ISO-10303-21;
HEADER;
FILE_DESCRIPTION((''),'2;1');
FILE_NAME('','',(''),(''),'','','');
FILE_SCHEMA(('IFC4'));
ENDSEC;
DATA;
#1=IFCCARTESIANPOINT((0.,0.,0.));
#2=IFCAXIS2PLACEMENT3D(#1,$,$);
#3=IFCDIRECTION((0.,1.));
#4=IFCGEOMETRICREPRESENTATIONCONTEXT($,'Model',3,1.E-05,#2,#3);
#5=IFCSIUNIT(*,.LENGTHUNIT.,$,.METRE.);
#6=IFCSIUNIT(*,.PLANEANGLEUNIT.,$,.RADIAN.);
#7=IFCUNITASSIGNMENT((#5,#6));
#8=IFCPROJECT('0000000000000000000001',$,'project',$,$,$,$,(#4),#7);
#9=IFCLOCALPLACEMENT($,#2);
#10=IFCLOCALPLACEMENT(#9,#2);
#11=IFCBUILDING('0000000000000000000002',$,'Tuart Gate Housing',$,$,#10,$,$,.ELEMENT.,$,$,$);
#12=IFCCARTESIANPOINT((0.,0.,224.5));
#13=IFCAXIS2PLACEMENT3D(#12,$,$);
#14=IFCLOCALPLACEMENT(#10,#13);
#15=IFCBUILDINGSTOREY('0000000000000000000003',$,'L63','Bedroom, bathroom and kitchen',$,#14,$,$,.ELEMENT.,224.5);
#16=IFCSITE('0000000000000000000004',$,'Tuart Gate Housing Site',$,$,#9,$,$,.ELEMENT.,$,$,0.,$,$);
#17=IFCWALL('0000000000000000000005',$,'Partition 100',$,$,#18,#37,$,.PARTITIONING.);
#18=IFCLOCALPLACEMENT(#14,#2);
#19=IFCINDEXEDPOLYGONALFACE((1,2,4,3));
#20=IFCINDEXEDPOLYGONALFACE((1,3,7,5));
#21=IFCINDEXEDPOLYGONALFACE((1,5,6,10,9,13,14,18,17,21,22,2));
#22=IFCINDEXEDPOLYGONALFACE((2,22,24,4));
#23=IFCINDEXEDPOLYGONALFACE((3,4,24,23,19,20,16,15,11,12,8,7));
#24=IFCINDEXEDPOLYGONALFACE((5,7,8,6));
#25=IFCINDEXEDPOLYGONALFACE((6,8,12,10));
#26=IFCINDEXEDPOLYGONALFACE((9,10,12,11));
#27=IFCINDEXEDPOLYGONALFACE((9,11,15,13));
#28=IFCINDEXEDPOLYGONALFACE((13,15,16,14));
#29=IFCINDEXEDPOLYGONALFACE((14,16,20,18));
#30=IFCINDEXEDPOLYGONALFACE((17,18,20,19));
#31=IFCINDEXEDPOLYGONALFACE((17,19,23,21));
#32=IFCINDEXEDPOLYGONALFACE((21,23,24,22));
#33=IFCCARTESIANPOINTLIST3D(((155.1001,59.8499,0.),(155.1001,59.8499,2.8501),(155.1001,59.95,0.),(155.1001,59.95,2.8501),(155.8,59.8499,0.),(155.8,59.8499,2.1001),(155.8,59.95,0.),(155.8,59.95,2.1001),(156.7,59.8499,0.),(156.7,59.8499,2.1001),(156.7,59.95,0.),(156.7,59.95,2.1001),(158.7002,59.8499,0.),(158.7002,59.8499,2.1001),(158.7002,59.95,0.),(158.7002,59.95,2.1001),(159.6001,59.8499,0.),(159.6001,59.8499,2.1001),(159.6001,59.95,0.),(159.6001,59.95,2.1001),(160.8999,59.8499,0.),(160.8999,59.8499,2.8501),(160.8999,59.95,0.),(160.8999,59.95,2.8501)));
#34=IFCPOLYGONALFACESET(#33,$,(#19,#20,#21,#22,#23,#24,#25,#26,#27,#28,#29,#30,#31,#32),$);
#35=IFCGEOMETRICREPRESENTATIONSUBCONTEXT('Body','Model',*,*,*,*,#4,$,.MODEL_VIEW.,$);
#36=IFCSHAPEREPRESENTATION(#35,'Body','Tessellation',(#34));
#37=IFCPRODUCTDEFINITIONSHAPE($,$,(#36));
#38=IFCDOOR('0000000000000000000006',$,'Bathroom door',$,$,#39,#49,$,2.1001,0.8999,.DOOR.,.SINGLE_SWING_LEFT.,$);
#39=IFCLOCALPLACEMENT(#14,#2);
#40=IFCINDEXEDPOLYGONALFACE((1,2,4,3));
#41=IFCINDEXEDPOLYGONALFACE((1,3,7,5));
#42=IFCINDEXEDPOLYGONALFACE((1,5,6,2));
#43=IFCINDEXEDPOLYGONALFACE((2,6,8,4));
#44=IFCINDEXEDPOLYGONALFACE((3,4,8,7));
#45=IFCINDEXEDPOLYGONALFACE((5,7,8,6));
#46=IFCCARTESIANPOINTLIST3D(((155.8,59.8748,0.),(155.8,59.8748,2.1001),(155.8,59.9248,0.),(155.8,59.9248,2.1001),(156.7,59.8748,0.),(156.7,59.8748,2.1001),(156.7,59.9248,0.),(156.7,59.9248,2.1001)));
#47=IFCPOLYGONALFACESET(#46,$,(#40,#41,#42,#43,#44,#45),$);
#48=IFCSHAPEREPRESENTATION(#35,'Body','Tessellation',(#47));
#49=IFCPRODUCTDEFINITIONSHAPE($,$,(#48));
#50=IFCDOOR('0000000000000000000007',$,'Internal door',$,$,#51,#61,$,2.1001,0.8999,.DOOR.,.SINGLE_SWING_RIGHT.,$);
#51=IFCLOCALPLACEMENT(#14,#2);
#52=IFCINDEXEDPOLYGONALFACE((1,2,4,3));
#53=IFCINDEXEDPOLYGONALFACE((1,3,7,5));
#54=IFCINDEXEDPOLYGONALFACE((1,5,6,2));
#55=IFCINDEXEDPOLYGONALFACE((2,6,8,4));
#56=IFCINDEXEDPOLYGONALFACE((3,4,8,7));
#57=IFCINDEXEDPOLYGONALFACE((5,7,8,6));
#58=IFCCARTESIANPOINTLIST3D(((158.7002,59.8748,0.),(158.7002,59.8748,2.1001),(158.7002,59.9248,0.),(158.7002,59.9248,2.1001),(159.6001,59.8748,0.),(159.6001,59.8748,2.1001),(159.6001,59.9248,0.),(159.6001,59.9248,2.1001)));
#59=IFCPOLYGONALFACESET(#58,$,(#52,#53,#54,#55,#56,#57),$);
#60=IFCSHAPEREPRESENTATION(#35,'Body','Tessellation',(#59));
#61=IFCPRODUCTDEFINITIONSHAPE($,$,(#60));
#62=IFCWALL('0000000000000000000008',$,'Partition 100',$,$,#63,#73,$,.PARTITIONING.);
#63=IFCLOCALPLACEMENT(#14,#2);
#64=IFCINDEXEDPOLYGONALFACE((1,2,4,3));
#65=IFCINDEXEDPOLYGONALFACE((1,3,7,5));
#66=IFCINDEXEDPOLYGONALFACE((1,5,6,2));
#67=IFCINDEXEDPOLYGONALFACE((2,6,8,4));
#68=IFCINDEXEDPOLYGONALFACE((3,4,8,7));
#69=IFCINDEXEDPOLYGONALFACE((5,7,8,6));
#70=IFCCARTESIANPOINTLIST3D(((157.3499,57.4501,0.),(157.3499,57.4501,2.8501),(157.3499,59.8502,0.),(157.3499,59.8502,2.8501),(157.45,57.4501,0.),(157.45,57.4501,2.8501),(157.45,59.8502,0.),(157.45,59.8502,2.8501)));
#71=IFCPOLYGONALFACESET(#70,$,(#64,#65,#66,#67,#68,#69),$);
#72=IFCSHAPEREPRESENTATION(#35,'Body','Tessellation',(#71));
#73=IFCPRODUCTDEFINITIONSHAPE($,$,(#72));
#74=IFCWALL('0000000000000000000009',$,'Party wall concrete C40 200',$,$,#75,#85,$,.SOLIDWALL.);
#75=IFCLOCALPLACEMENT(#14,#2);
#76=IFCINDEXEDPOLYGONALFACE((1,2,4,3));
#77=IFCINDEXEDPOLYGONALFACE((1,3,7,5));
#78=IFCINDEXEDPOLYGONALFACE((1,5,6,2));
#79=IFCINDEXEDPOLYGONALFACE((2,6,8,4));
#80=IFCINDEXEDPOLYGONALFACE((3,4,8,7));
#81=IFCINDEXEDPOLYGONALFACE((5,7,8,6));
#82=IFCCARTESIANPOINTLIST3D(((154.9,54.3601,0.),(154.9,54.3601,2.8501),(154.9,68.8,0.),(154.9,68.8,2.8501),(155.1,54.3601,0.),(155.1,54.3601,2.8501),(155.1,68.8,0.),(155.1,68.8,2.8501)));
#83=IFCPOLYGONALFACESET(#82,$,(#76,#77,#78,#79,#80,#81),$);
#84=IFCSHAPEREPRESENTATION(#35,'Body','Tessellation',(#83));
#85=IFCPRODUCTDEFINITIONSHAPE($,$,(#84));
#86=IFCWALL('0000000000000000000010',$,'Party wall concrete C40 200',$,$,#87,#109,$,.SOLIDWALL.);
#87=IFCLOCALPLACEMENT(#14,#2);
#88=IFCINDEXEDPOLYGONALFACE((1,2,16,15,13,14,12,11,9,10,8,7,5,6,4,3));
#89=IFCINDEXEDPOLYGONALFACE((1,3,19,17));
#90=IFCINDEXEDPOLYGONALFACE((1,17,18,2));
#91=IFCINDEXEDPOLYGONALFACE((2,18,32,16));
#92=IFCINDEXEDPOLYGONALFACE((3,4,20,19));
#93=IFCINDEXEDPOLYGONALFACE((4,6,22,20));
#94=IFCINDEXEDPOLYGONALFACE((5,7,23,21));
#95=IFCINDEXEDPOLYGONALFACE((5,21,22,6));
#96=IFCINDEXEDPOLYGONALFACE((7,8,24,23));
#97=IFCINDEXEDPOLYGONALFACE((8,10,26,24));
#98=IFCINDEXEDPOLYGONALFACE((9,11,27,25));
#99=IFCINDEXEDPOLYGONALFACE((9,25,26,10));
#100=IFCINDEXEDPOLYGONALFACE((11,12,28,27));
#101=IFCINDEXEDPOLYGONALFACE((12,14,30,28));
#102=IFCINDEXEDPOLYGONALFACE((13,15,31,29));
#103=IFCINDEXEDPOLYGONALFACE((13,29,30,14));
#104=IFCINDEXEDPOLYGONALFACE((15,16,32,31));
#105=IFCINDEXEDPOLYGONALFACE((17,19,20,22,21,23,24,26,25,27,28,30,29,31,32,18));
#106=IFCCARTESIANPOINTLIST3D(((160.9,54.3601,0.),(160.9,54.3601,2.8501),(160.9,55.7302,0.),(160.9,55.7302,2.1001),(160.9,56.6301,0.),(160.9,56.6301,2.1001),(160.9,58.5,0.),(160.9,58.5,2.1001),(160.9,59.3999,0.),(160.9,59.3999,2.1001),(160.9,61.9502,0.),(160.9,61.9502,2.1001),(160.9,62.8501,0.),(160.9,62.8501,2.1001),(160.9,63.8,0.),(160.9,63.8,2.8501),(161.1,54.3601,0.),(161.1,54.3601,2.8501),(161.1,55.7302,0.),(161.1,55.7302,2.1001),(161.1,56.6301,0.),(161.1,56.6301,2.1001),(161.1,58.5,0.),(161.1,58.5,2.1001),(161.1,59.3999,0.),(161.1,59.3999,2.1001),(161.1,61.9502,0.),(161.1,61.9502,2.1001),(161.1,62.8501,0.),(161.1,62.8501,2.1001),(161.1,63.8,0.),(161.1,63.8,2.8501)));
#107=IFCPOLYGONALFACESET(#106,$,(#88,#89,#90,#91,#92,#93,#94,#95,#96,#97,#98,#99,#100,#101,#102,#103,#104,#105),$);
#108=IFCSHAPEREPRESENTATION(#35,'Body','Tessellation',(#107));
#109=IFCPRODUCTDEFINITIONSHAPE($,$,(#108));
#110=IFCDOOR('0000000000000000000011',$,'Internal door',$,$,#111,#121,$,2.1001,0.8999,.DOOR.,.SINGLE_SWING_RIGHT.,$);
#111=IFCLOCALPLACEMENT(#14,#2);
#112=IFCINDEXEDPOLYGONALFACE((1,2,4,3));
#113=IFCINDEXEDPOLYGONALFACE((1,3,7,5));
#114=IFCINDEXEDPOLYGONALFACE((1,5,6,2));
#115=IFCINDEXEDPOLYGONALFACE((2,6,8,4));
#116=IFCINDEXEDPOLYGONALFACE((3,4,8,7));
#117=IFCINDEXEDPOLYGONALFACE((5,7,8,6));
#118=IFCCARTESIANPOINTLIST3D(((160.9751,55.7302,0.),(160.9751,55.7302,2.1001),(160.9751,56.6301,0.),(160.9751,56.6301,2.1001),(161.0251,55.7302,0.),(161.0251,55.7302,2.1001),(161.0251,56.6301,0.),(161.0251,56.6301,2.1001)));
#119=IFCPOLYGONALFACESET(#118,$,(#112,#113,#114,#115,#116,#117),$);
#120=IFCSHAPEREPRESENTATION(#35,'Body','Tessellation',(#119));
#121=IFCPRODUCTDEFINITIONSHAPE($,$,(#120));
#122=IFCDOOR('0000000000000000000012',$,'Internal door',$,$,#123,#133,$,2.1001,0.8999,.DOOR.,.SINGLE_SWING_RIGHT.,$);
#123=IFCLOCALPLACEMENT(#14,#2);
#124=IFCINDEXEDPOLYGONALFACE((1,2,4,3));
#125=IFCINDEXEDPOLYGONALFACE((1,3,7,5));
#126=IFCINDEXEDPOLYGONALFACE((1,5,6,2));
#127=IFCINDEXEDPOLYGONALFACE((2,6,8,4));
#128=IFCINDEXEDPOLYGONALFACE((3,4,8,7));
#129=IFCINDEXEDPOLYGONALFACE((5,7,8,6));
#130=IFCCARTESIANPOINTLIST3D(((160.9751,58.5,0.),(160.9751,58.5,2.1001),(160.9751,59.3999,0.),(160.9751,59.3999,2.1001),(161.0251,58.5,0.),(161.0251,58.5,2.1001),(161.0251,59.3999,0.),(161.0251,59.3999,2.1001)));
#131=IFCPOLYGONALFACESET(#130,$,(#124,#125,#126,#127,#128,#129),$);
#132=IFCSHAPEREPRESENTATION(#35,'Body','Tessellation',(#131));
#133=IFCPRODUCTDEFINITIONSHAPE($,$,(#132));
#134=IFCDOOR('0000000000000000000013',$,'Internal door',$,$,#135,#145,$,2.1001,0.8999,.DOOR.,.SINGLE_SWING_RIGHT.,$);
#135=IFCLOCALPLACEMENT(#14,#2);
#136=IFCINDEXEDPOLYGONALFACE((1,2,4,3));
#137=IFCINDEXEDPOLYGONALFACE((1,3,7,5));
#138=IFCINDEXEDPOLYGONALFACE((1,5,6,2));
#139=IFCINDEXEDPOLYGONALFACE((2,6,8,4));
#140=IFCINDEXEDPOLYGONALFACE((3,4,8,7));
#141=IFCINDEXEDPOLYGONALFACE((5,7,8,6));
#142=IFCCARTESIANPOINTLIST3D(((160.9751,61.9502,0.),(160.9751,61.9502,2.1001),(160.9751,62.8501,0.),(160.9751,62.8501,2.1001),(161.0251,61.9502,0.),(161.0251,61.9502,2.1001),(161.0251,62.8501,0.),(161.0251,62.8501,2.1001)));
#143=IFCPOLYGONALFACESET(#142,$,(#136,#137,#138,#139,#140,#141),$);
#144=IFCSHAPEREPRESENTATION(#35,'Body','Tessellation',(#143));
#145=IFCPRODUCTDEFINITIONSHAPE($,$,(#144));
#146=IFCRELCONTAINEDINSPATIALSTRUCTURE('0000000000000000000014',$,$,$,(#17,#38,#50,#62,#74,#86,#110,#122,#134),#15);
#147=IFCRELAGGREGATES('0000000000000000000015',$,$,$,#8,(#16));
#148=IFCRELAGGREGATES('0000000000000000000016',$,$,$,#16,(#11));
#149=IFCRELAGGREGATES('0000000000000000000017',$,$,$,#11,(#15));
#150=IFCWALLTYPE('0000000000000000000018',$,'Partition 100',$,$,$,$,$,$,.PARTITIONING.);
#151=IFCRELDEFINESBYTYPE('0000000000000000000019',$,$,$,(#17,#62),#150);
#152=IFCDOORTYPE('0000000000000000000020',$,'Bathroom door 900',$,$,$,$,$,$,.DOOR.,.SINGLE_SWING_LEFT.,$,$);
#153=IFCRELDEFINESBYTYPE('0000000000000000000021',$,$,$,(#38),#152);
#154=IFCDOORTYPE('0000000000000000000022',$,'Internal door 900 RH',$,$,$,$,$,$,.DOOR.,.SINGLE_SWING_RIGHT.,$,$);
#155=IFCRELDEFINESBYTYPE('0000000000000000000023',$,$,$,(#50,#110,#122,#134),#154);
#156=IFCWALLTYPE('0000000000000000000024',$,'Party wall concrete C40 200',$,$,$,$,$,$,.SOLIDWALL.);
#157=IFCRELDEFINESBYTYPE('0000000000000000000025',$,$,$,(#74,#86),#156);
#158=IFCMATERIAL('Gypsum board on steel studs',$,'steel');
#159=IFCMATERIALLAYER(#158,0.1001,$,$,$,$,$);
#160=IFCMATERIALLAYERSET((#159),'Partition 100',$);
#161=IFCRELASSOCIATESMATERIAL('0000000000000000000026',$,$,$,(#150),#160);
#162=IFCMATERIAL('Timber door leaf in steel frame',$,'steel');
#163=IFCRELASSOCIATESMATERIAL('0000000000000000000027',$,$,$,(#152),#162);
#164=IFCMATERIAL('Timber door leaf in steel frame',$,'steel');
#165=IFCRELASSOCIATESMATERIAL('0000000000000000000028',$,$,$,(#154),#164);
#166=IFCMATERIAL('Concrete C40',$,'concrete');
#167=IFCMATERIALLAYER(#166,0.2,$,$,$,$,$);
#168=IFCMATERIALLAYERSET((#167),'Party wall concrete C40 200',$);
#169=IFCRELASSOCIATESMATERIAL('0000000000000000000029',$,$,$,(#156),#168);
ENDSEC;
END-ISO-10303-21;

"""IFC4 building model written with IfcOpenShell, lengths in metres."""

from ifc_helpers import new_model, si_unit, direction, frame, frame_2d, origin, place, context, subcontext, project, spatial, rectangle, extrude, material, layer, layer_set, type_object, element, fill, save


model = new_model("IFC4")

# Units and contexts
model_context = context("Model", 3, precision=1e-05, world=origin(), true_north=direction((0.0, 1.0)))
body_context = subcontext(model_context, "Body", "Model", "MODEL_VIEW")
ifc_project = project(units=[si_unit("LENGTHUNIT", "METRE"), si_unit("PLANEANGLEUNIT", "RADIAN")], contexts=[model_context])

# Site, building, storey
site_placement = place(None, origin())
site = spatial("IfcSite", under=ifc_project, at=site_placement, Name="Tuart Gate Housing Site", CompositionType="ELEMENT", RefElevation=0.0)
building_placement = place(site_placement, origin())
building = spatial("IfcBuilding", under=site, at=building_placement, Name="Tuart Gate Housing", CompositionType="ELEMENT")
storey_placement = place(building_placement, frame((0.0, 0.0, 224.5)))
storey = spatial("IfcBuildingStorey", under=building, at=storey_placement, Name="L63", Description="Bedroom, bathroom and kitchen", CompositionType="ELEMENT", Elevation=224.5)

# Shared definitions
ifc_material_1 = material(Name="Gypsum board on steel studs", Category="steel")
ifc_layer_1 = layer(ifc_material_1, 0.1001)
ifc_layer_set_1 = layer_set([ifc_layer_1], Name="Partition 100")
wall_type_1 = type_object("IfcWallType", Name="Partition 100", PredefinedType="PARTITIONING", material=ifc_layer_set_1)

# Wall, openings, doors
wall_1_placement = place(storey_placement, frame((155.1001, 59.8999, 0.0), z_axis=(0.0, 0.0, 1.0), x_axis=(1.0, 0.0, 0.0)))
wall_1 = element("IfcWall", 1, at=wall_1_placement, inside=storey, type_object=wall_type_1, Name="Partition 100", PredefinedType="PARTITIONING", context=body_context, shape_type="SweptSolid", body=[
    extrude(rectangle(XDim=5.7998, YDim=0.1001, at=frame_2d((2.8999, 0.0))), origin(), (0.0, 0.0, 1.0), 2.8501),
])
opening_1_placement = place(wall_1_placement, frame((3.6001, 0.0, 0.0)))
opening_1 = element("IfcOpeningElement", 2, at=opening_1_placement, cuts=wall_1, PredefinedType="OPENING", context=body_context, shape_type="SweptSolid", body=[
    extrude(rectangle(XDim=0.8999, YDim=2.1001, at=frame_2d((0.45, 1.05))), frame((0.0, 0.0601, 0.0), z_axis=(0.0, -1.0, 0.0), x_axis=(1.0, 0.0, 0.0)), (0.0, 0.0, 1.0), 0.1201),
])
opening_2_placement = place(wall_1_placement, frame((0.7, 0.0, 0.0)))
opening_2 = element("IfcOpeningElement", 3, at=opening_2_placement, cuts=wall_1, PredefinedType="OPENING", context=body_context, shape_type="SweptSolid", body=[
    extrude(rectangle(XDim=0.8999, YDim=2.1001, at=frame_2d((0.45, 1.05))), frame((0.0, 0.0601, 0.0), z_axis=(0.0, -1.0, 0.0), x_axis=(1.0, 0.0, 0.0)), (0.0, 0.0, 1.0), 0.1201),
])
ifc_material_2 = material(Name="Timber door leaf in steel frame", Category="steel")
door_type_1 = type_object("IfcDoorType", Name="Bathroom door 900", OperationType="SINGLE_SWING_LEFT", PredefinedType="DOOR", material=ifc_material_2)
door_1_placement = place(opening_2_placement, frame((0.8999, 0.0, 0.0), z_axis=(0.0, 0.0, 1.0), x_axis=(-1.0, 0.0, 0.0)))
door_1 = element("IfcDoor", 4, at=door_1_placement, inside=storey, type_object=door_type_1, Name="Bathroom door", OperationType="SINGLE_SWING_LEFT", OverallHeight=2.1001, OverallWidth=0.8999, PredefinedType="DOOR", context=body_context, shape_type="SweptSolid", body=[
    extrude(rectangle(XDim=0.8999, YDim=2.1001, at=frame_2d((0.45, 1.05))), frame((0.0, 0.0251, 0.0), z_axis=(0.0, -1.0, 0.0), x_axis=(1.0, 0.0, 0.0)), (0.0, 0.0, 1.0), 0.05),
])
fill(opening_2, door_1)
ifc_material_3 = material(Name="Timber door leaf in steel frame", Category="steel")
door_type_2 = type_object("IfcDoorType", Name="Internal door 900 RH", OperationType="SINGLE_SWING_RIGHT", PredefinedType="DOOR", material=ifc_material_3)
door_2_placement = place(opening_1_placement, origin())
door_2 = element("IfcDoor", 5, at=door_2_placement, inside=storey, type_object=door_type_2, Name="Internal door", OperationType="SINGLE_SWING_RIGHT", OverallHeight=2.1001, OverallWidth=0.8999, PredefinedType="DOOR", context=body_context, shape_type="SweptSolid", body=[
    extrude(rectangle(XDim=0.8999, YDim=2.1001, at=frame_2d((0.45, 1.05))), frame((0.0, 0.0249, 0.0), z_axis=(0.0, -1.0, 0.0), x_axis=(1.0, 0.0, 0.0)), (0.0, 0.0, 1.0), 0.05),
])
fill(opening_1, door_2)

# Walls
wall_2_placement = place(storey_placement, frame((157.3999, 57.45, 0.0), z_axis=(0.0, 0.0, 1.0), x_axis=(0.0, 1.0, 0.0)))
element("IfcWall", 6, at=wall_2_placement, inside=storey, type_object=wall_type_1, Name="Partition 100", PredefinedType="PARTITIONING", context=body_context, shape_type="SweptSolid", body=[
    extrude(rectangle(XDim=2.4001, YDim=0.1001, at=frame_2d((1.2002, 0.0))), origin(), (0.0, 0.0, 1.0), 2.8501),
])
ifc_material_4 = material(Name="Concrete C40", Category="concrete")
ifc_layer_2 = layer(ifc_material_4, 0.2)
ifc_layer_set_2 = layer_set([ifc_layer_2], Name="Party wall concrete C40 200")
wall_type_2 = type_object("IfcWallType", Name="Party wall concrete C40 200", PredefinedType="SOLIDWALL", material=ifc_layer_set_2)
wall_3_placement = place(storey_placement, frame((155.0, 54.3601, 0.0), z_axis=(0.0, 0.0, 1.0), x_axis=(0.0, 1.0, 0.0)))
element("IfcWall", 7, at=wall_3_placement, inside=storey, type_object=wall_type_2, Name="Party wall concrete C40 200", PredefinedType="SOLIDWALL", context=body_context, shape_type="SweptSolid", body=[
    extrude(rectangle(XDim=14.4399, YDim=0.2, at=frame_2d((7.22, 0.0))), origin(), (0.0, 0.0, 1.0), 2.8501),
])

# Wall, openings, doors
wall_4_placement = place(storey_placement, frame((161.0, 54.3601, 0.0), z_axis=(0.0, 0.0, 1.0), x_axis=(0.0, 1.0, 0.0)))
wall_4 = element("IfcWall", 8, at=wall_4_placement, inside=storey, type_object=wall_type_2, Name="Party wall concrete C40 200", PredefinedType="SOLIDWALL", context=body_context, shape_type="SweptSolid", body=[
    extrude(rectangle(XDim=9.4399, YDim=0.2, at=frame_2d((4.72, 0.0))), origin(), (0.0, 0.0, 1.0), 2.8501),
])
opening_3_placement = place(wall_4_placement, frame((1.3701, 0.0, 0.0)))
opening_3 = element("IfcOpeningElement", 9, at=opening_3_placement, cuts=wall_4, PredefinedType="OPENING", context=body_context, shape_type="SweptSolid", body=[
    extrude(rectangle(XDim=0.8999, YDim=2.1001, at=frame_2d((0.45, 1.05))), frame((0.0, 0.1099, 0.0), z_axis=(0.0, -1.0, 0.0), x_axis=(1.0, 0.0, 0.0)), (0.0, 0.0, 1.0), 0.22),
])
opening_4_placement = place(wall_4_placement, frame((4.1399, 0.0, 0.0)))
opening_4 = element("IfcOpeningElement", 10, at=opening_4_placement, cuts=wall_4, PredefinedType="OPENING", context=body_context, shape_type="SweptSolid", body=[
    extrude(rectangle(XDim=0.8999, YDim=2.1001, at=frame_2d((0.45, 1.05))), frame((0.0, 0.1099, 0.0), z_axis=(0.0, -1.0, 0.0), x_axis=(1.0, 0.0, 0.0)), (0.0, 0.0, 1.0), 0.22),
])
opening_5_placement = place(wall_4_placement, frame((7.5901, 0.0, 0.0)))
opening_5 = element("IfcOpeningElement", 11, at=opening_5_placement, cuts=wall_4, PredefinedType="OPENING", context=body_context, shape_type="SweptSolid", body=[
    extrude(rectangle(XDim=0.8999, YDim=2.1001, at=frame_2d((0.45, 1.05))), frame((0.0, 0.1099, 0.0), z_axis=(0.0, -1.0, 0.0), x_axis=(1.0, 0.0, 0.0)), (0.0, 0.0, 1.0), 0.22),
])
door_3_placement = place(opening_3_placement, frame((0.8999, 0.0, 0.0), z_axis=(0.0, 0.0, 1.0), x_axis=(-1.0, 0.0, 0.0)))
door_3 = element("IfcDoor", 12, at=door_3_placement, inside=storey, type_object=door_type_2, Name="Internal door", OperationType="SINGLE_SWING_RIGHT", OverallHeight=2.1001, OverallWidth=0.8999, PredefinedType="DOOR", context=body_context, shape_type="SweptSolid", body=[
    extrude(rectangle(XDim=0.8999, YDim=2.1001, at=frame_2d((0.45, 1.05))), frame((0.0, 0.0251, 0.0), z_axis=(0.0, -1.0, 0.0), x_axis=(1.0, 0.0, 0.0)), (0.0, 0.0, 1.0), 0.05),
])
fill(opening_3, door_3)
door_4_placement = place(opening_4_placement, frame((0.8999, 0.0, 0.0), z_axis=(0.0, 0.0, 1.0), x_axis=(-1.0, 0.0, 0.0)))
door_4 = element("IfcDoor", 13, at=door_4_placement, inside=storey, type_object=door_type_2, Name="Internal door", OperationType="SINGLE_SWING_RIGHT", OverallHeight=2.1001, OverallWidth=0.8999, PredefinedType="DOOR", context=body_context, shape_type="SweptSolid", body=[
    extrude(rectangle(XDim=0.8999, YDim=2.1001, at=frame_2d((0.45, 1.05))), frame((0.0, 0.0251, 0.0), z_axis=(0.0, -1.0, 0.0), x_axis=(1.0, 0.0, 0.0)), (0.0, 0.0, 1.0), 0.05),
])
fill(opening_4, door_4)
door_5_placement = place(opening_5_placement, frame((0.8999, 0.0, 0.0), z_axis=(0.0, 0.0, 1.0), x_axis=(-1.0, 0.0, 0.0)))
door_5 = element("IfcDoor", 14, at=door_5_placement, inside=storey, type_object=door_type_2, Name="Internal door", OperationType="SINGLE_SWING_RIGHT", OverallHeight=2.1001, OverallWidth=0.8999, PredefinedType="DOOR", context=body_context, shape_type="SweptSolid", body=[
    extrude(rectangle(XDim=0.8999, YDim=2.1001, at=frame_2d((0.45, 1.05))), frame((0.0, 0.0251, 0.0), z_axis=(0.0, -1.0, 0.0), x_axis=(1.0, 0.0, 0.0)), (0.0, 0.0, 1.0), 0.05),
])
fill(opening_5, door_5)

save(model, "model.ifc")
